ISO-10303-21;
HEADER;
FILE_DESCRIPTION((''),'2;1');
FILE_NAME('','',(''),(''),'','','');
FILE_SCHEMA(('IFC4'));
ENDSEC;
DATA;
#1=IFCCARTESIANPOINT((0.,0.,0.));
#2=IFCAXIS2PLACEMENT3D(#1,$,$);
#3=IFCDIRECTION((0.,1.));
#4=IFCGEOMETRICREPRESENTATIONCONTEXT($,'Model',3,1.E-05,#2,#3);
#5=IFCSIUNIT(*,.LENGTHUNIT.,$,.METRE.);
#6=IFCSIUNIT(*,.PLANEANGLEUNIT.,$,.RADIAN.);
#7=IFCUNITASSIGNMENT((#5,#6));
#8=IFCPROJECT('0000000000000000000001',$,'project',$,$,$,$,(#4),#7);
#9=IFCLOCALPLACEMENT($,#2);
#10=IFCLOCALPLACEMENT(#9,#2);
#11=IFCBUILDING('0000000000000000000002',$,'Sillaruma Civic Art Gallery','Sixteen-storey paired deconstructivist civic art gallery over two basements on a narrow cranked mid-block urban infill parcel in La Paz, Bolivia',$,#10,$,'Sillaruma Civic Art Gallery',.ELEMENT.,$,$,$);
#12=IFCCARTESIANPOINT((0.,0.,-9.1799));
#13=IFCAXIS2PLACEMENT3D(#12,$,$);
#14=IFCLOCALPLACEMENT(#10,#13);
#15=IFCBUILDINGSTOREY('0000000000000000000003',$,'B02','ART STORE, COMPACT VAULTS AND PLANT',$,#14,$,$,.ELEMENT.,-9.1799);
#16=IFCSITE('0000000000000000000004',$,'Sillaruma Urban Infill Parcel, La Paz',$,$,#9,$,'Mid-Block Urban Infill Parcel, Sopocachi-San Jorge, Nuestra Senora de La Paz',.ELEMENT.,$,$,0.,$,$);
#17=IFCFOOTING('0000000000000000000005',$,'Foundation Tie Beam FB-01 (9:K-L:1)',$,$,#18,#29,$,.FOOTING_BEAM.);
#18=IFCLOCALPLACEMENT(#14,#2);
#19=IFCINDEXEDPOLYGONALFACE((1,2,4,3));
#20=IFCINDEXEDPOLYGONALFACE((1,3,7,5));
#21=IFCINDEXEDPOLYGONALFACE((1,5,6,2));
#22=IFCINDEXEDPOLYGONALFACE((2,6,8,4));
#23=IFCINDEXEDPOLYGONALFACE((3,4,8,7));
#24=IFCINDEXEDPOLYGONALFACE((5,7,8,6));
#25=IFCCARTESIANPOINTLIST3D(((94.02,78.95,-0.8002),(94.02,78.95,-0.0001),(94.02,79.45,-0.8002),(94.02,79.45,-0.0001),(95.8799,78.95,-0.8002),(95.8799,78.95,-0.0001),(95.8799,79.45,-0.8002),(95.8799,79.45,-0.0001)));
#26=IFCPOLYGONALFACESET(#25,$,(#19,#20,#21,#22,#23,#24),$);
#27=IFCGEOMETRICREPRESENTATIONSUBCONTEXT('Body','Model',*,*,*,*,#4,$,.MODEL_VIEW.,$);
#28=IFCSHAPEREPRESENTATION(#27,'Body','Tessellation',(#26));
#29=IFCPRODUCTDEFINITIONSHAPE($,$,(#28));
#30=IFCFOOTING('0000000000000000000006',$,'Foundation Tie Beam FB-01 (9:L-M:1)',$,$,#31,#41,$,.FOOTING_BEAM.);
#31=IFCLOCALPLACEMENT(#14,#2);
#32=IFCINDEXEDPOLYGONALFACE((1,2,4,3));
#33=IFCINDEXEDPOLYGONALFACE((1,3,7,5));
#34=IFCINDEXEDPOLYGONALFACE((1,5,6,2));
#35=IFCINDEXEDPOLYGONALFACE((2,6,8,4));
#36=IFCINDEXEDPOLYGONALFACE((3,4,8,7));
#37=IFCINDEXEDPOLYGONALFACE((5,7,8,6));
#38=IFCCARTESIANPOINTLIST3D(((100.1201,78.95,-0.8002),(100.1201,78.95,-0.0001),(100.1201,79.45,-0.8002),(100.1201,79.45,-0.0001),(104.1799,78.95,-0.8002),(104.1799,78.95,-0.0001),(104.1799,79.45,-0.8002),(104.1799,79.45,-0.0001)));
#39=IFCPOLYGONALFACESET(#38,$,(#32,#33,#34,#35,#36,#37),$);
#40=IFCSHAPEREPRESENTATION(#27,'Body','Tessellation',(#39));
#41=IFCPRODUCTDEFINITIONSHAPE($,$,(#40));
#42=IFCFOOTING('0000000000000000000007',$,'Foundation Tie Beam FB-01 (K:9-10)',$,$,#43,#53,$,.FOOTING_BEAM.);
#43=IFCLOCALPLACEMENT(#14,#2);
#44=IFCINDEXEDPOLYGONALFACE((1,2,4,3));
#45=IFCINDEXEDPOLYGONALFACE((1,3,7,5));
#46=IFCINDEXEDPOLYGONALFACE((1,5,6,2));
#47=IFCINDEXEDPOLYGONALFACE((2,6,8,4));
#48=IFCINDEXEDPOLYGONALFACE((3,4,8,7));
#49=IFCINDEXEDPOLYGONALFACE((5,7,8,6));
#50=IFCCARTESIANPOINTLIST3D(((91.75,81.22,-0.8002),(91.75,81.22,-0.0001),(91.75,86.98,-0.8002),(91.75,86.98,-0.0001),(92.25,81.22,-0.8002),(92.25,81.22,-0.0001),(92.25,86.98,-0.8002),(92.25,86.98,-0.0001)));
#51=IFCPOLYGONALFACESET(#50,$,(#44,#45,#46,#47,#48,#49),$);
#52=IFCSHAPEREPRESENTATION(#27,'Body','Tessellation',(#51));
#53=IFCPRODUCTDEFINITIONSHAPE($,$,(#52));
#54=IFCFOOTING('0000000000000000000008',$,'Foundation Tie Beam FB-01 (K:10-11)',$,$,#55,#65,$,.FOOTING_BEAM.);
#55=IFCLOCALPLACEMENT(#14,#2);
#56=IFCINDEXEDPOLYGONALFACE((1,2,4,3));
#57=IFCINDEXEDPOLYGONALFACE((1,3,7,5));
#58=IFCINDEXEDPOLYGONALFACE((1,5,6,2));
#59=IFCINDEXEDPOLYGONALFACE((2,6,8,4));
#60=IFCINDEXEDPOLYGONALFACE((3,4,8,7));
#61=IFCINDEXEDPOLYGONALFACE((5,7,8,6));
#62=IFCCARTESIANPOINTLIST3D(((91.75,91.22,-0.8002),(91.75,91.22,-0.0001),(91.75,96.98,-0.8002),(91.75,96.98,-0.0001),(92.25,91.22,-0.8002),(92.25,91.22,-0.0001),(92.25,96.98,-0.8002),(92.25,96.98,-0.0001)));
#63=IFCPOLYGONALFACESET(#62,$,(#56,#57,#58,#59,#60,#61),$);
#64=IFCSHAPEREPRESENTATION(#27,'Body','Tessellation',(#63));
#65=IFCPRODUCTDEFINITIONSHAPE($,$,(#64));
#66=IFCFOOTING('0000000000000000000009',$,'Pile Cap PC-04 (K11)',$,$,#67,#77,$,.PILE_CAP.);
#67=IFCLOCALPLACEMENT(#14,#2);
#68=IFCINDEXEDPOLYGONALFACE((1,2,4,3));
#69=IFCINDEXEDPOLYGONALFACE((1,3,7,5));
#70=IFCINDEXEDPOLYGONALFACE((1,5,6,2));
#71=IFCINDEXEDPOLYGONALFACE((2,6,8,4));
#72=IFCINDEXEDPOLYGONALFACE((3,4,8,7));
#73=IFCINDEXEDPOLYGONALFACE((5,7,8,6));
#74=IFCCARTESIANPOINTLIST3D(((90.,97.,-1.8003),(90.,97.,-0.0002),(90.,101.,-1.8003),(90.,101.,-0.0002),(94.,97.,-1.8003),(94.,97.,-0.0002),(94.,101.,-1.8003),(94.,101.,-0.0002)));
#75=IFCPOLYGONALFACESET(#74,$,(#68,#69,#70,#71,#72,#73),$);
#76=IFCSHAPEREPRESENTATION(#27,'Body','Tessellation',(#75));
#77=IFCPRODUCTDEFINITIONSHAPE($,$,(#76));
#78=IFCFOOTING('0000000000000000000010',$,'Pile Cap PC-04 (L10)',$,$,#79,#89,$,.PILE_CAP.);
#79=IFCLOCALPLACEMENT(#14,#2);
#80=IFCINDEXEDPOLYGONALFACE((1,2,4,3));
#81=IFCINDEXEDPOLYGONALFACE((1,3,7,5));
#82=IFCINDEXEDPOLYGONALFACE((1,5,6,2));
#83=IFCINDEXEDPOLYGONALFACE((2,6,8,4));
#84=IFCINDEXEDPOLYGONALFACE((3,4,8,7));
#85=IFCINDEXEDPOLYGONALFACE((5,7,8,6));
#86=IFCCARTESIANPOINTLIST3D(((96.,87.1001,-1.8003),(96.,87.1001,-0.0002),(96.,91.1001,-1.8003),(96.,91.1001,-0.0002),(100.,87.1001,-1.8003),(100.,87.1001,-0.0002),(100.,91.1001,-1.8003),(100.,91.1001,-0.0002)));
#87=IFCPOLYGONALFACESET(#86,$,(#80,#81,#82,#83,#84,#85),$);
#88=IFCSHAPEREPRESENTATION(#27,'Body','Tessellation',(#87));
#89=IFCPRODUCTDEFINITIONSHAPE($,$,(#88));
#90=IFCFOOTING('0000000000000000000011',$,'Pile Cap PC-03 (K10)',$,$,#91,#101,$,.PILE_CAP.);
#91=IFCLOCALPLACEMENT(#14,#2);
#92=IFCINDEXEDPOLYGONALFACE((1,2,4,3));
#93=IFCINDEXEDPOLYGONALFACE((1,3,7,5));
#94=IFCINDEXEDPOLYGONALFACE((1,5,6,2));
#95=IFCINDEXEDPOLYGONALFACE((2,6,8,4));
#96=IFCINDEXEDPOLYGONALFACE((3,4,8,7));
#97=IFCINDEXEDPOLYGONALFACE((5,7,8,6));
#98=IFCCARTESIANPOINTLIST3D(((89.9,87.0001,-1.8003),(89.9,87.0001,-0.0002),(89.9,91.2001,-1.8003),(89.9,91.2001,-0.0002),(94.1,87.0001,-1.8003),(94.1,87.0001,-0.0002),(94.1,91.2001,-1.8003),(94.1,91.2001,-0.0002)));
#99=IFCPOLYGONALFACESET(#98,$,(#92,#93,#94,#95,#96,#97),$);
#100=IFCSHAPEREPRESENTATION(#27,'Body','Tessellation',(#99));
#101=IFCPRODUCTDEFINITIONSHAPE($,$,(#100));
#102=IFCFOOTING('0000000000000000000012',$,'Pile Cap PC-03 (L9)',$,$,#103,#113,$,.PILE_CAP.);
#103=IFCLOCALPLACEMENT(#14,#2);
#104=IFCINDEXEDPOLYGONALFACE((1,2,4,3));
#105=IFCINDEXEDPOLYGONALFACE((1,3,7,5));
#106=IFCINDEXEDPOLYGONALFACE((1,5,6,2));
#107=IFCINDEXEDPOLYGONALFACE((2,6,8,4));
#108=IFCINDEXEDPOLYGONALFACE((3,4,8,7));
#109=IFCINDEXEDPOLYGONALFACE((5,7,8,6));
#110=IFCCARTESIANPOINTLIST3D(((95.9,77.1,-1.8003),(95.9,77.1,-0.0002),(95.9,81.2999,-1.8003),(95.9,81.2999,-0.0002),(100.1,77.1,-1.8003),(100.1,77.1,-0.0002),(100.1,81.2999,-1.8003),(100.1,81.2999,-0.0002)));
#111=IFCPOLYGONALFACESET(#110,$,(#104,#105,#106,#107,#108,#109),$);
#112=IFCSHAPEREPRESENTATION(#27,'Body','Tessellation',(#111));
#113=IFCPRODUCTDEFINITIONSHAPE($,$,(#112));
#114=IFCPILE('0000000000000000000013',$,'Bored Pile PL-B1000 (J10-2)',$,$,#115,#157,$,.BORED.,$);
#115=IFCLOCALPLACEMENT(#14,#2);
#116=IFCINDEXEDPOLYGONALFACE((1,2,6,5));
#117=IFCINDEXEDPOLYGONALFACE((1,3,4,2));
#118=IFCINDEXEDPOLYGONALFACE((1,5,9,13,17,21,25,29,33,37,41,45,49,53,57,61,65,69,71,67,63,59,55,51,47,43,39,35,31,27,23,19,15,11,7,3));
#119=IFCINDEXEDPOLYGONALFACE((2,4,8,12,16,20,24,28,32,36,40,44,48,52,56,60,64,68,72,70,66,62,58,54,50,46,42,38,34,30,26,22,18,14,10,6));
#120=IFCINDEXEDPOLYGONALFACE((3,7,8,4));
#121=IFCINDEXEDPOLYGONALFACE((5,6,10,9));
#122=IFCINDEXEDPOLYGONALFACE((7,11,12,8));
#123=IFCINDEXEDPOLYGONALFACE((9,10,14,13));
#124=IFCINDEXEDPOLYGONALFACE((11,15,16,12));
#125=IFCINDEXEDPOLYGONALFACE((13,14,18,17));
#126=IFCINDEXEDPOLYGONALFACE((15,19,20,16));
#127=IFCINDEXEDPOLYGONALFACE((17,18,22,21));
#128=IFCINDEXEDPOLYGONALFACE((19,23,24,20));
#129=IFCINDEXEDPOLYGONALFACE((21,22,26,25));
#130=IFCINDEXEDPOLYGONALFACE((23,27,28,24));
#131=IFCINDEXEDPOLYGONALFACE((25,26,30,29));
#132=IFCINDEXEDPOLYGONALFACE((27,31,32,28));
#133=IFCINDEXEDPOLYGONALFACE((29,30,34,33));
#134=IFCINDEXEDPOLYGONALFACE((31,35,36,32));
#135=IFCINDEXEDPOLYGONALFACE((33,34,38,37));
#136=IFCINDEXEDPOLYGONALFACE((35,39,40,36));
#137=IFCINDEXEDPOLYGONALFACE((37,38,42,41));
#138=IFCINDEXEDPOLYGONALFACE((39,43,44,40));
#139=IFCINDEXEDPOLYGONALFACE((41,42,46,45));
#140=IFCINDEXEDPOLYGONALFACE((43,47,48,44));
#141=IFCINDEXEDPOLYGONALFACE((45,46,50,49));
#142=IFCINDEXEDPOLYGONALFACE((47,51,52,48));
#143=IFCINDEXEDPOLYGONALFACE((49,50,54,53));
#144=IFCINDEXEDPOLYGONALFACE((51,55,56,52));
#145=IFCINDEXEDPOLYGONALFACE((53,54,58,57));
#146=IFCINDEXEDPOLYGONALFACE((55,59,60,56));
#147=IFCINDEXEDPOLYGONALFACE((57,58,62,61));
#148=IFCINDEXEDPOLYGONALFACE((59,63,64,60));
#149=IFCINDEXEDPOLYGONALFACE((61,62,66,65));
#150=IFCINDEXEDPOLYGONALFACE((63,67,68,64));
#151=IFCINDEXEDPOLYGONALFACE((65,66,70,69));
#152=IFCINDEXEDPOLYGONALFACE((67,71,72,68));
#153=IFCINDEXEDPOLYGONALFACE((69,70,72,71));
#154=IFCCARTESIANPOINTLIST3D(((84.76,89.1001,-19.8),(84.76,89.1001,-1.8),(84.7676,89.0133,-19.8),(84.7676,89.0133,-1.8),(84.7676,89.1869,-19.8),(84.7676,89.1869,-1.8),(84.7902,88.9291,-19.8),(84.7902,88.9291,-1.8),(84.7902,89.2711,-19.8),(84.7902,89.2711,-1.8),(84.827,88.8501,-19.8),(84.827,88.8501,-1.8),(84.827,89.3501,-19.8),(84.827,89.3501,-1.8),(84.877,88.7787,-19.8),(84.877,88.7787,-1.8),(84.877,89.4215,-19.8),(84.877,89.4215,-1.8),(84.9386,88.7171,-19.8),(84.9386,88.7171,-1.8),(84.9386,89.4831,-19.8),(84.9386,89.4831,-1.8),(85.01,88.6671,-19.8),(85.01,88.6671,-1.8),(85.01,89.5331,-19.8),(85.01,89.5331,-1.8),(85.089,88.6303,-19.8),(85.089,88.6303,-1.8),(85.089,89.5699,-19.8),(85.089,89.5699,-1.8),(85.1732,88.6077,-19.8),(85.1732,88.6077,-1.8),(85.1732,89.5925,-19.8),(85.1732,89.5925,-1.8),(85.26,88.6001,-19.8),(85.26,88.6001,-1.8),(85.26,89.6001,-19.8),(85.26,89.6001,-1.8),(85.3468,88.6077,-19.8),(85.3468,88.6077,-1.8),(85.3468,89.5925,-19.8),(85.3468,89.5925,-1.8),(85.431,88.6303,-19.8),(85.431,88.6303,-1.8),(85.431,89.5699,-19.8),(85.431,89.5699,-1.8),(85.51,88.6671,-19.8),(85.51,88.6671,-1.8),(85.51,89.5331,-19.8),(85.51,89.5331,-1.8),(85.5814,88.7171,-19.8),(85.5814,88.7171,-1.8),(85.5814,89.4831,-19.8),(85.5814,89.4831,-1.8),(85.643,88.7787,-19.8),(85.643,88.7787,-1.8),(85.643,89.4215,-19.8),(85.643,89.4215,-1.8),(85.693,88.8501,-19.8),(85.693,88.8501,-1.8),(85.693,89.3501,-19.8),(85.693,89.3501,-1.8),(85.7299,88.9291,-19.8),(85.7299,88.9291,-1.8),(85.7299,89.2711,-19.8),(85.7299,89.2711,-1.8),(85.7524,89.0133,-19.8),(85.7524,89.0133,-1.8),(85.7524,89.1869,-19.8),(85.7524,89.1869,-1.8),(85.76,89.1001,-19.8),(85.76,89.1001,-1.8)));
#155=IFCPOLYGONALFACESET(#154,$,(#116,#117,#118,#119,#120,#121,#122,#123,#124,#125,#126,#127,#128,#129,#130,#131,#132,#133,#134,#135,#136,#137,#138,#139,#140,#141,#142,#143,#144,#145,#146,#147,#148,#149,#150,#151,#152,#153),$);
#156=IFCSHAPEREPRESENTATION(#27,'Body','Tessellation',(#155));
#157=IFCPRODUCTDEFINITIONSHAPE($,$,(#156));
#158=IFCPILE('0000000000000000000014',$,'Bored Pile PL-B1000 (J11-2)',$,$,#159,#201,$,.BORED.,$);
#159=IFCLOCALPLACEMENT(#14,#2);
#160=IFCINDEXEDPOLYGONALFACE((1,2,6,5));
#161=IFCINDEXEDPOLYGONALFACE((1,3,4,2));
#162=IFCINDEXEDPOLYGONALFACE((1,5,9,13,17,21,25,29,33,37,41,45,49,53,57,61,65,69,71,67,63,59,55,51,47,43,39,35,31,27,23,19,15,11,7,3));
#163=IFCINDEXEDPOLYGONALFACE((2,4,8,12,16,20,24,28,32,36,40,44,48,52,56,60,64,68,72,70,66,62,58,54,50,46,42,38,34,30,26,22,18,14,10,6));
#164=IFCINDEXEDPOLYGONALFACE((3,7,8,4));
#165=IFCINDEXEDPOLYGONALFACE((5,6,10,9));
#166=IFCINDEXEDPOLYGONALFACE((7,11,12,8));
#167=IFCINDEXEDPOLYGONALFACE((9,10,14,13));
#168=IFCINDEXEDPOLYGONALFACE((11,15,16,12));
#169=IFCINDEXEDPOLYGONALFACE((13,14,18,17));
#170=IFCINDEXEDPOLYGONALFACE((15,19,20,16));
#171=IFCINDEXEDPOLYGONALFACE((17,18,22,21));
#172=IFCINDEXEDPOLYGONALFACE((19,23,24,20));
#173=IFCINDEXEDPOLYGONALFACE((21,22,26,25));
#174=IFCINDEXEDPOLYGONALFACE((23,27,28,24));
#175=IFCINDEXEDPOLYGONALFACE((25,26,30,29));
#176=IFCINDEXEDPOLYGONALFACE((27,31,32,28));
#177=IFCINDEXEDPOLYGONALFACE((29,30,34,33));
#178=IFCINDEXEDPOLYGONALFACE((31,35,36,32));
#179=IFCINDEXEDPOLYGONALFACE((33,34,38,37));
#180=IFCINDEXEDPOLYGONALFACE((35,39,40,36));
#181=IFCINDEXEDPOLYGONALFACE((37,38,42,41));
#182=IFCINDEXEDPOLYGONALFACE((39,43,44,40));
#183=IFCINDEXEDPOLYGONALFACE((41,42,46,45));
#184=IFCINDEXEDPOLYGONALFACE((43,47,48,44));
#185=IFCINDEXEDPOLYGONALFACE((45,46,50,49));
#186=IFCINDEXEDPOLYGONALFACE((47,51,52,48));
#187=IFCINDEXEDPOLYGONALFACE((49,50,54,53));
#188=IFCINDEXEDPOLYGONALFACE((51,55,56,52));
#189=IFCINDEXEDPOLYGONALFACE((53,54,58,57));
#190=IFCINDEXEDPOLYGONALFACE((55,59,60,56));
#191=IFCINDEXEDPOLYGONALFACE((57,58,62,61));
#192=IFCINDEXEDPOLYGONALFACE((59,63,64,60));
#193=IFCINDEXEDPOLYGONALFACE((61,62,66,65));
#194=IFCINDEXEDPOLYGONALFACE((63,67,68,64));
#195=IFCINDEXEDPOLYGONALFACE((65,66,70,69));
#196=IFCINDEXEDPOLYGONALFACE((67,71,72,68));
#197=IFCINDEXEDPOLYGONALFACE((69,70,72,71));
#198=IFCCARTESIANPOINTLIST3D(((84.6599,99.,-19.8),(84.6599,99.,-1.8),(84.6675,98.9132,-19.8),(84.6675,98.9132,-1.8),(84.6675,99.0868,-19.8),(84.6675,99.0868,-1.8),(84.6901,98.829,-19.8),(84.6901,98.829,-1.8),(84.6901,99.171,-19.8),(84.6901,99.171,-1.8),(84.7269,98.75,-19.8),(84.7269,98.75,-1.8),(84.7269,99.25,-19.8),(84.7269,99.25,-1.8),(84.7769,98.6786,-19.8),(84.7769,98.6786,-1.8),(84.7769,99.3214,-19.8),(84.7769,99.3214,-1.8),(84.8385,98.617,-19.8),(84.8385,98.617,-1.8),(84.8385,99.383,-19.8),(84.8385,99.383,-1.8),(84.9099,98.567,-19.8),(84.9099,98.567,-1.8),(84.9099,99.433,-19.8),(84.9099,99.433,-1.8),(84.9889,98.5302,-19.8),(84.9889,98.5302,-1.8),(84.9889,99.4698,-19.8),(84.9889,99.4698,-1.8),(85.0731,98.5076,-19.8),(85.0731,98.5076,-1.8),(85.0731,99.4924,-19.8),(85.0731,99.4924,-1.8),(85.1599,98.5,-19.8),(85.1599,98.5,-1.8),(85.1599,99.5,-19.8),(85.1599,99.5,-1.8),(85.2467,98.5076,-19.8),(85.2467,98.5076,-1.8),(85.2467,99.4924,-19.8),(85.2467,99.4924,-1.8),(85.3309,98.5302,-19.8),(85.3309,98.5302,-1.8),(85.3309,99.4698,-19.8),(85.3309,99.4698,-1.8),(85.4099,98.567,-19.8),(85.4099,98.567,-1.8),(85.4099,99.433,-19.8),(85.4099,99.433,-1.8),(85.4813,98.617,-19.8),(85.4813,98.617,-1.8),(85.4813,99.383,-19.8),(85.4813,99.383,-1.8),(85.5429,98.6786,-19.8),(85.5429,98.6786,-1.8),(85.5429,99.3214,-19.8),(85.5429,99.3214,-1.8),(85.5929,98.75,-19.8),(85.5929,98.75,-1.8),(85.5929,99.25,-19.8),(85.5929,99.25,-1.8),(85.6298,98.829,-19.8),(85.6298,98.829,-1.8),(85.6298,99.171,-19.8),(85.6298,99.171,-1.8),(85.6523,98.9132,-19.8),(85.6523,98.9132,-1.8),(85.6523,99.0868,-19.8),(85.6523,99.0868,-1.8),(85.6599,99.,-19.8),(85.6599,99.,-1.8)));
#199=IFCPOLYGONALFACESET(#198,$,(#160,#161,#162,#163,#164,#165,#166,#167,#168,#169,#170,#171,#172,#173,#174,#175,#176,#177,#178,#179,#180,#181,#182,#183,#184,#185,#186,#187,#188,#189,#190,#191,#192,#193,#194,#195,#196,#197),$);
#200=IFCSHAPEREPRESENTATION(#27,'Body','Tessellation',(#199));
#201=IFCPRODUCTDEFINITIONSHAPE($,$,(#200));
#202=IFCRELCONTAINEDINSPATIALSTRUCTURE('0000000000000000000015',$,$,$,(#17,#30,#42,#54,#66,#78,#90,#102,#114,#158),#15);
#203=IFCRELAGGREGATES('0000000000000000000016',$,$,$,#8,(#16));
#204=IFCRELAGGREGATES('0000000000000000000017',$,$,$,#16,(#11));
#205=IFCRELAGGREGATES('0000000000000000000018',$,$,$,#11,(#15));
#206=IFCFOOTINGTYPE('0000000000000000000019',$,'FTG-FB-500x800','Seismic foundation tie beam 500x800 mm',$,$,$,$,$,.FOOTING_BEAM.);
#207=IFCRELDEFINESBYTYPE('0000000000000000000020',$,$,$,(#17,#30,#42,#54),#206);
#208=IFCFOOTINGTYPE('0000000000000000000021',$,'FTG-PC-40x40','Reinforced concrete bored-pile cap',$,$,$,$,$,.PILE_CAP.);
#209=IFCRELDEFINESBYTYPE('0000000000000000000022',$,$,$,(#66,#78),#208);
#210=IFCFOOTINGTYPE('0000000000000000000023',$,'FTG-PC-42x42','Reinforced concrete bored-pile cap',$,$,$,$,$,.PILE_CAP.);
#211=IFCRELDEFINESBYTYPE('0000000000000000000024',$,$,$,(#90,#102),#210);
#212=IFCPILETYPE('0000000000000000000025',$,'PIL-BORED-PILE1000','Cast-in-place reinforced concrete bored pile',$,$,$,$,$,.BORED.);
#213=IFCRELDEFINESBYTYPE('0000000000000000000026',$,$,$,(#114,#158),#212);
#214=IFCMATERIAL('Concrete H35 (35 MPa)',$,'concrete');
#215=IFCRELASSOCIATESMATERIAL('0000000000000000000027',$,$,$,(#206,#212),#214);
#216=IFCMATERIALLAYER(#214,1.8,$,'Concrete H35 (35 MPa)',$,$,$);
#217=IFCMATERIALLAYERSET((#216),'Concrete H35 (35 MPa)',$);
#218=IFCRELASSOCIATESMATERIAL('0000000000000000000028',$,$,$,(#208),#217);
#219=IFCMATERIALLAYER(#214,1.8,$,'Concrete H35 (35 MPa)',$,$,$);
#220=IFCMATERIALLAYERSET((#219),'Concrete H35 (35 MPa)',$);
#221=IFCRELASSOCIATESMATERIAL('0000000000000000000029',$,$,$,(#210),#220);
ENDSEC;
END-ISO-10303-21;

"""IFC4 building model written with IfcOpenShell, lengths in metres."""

from ifc_helpers import new_model, si_unit, direction, frame, origin, origin_2d, place, context, subcontext, project, spatial, rectangle, circle, extrude, material, layer, layer_set, material_profile, profile_set, type_object, element, save


model = new_model("IFC4")

# Units and contexts
model_context = context("Model", 3, precision=1e-05, world=origin(), true_north=direction((0.0, 1.0)))
body_context = subcontext(model_context, "Body", "Model", "MODEL_VIEW")
ifc_project = project(units=[si_unit("LENGTHUNIT", "METRE"), si_unit("PLANEANGLEUNIT", "RADIAN")], contexts=[model_context])

# Site, building, storey
site_placement = place(None, origin())
site = spatial("IfcSite", under=ifc_project, at=site_placement, Name="Sillaruma Urban Infill Parcel, La Paz", LongName="Mid-Block Urban Infill Parcel, Sopocachi-San Jorge, Nuestra Senora de La Paz", CompositionType="ELEMENT", RefElevation=0.0)
building_placement = place(site_placement, origin())
building = spatial("IfcBuilding", under=site, at=building_placement, Name="Sillaruma Civic Art Gallery", Description="Sixteen-storey paired deconstructivist civic art gallery over two basements on a narrow cranked mid-block urban infill parcel in La Paz, Bolivia", LongName="Sillaruma Civic Art Gallery", CompositionType="ELEMENT")
storey_placement = place(building_placement, frame((0.0, 0.0, -9.1799)))
storey = spatial("IfcBuildingStorey", under=building, at=storey_placement, Name="B02", Description="ART STORE, COMPACT VAULTS AND PLANT", CompositionType="ELEMENT", Elevation=-9.1799)

# Footings
ifc_material_1 = material(Name="Concrete H35 (35 MPa)", Category="concrete")
ifc_material_profile_1 = material_profile(ifc_material_1, rectangle(XDim=0.5, YDim=0.8, at=origin_2d()), Name="RCB500x800")
ifc_profile_set_1 = profile_set([ifc_material_profile_1], Name="Concrete H35 (35 MPa)")
footing_type_1 = type_object("IfcFootingType", Name="FTG-FB-500x800", Description="Seismic foundation tie beam 500x800 mm", PredefinedType="FOOTING_BEAM", material=ifc_profile_set_1)
footing_1_placement = place(storey_placement, frame((94.02, 79.2, -0.4001), z_axis=(1.0, 0.0, 0.0), x_axis=(0.0, 1.0, 0.0)))
element("IfcFooting", 1, at=footing_1_placement, inside=storey, type_object=footing_type_1, Name="Foundation Tie Beam FB-01 (9:K-L:1)", PredefinedType="FOOTING_BEAM", context=body_context, shape_type="SweptSolid", body=[
    extrude(rectangle(XDim=0.5, YDim=0.8, at=origin_2d()), origin(), (0.0, 0.0, 1.0), 1.8599),
])
footing_2_placement = place(storey_placement, frame((100.1201, 79.2, -0.4001), z_axis=(1.0, 0.0, 0.0), x_axis=(0.0, 1.0, 0.0)))
element("IfcFooting", 2, at=footing_2_placement, inside=storey, type_object=footing_type_1, Name="Foundation Tie Beam FB-01 (9:L-M:1)", PredefinedType="FOOTING_BEAM", context=body_context, shape_type="SweptSolid", body=[
    extrude(rectangle(XDim=0.5, YDim=0.8, at=origin_2d()), origin(), (0.0, 0.0, 1.0), 4.0598),
])
for number, where, z_axis, x_axis, name in (
    (3, (92.0, 81.22, -0.4001), (0.0, 1.0, 0.0), (-1.0, 0.0, 0.0), "Foundation Tie Beam FB-01 (K:9-10)"),
    (4, (92.0, 91.22, -0.4001), (0.0, 1.0, 0.0), (-1.0, 0.0, 0.0), "Foundation Tie Beam FB-01 (K:10-11)"),
):
    element("IfcFooting", number, at=place(storey_placement, frame(where, z_axis=z_axis, x_axis=x_axis)), inside=storey, type_object=footing_type_1, Name=name, PredefinedType="FOOTING_BEAM", context=body_context, shape_type="SweptSolid", body=[
        extrude(rectangle(XDim=0.5, YDim=0.8, at=origin_2d()), origin(), (0.0, 0.0, 1.0), 5.76),
    ])
ifc_layer_1 = layer(ifc_material_1, 1.8, Name="Concrete H35 (35 MPa)")
ifc_layer_set_1 = layer_set([ifc_layer_1], Name="Concrete H35 (35 MPa)")
footing_type_2 = type_object("IfcFootingType", Name="FTG-PC-40x40", Description="Reinforced concrete bored-pile cap", PredefinedType="PILE_CAP", material=ifc_layer_set_1)
for number, where, z_axis, x_axis, name in (
    (5, (92.0, 99.0, -1.8003), (0.0, 0.0, 1.0), (1.0, 0.0, 0.0), "Pile Cap PC-04 (K11)"),
    (6, (98.0, 89.1001, -1.8003), (0.0, 0.0, 1.0), (1.0, 0.0, 0.0), "Pile Cap PC-04 (L10)"),
):
    element("IfcFooting", number, at=place(storey_placement, frame(where, z_axis=z_axis, x_axis=x_axis)), inside=storey, type_object=footing_type_2, Name=name, PredefinedType="PILE_CAP", context=body_context, shape_type="SweptSolid", body=[
        extrude(rectangle(XDim=4.0, YDim=4.0, at=origin_2d()), origin(), (0.0, 0.0, 1.0), 1.8),
    ])
ifc_layer_2 = layer(ifc_material_1, 1.8, Name="Concrete H35 (35 MPa)")
ifc_layer_set_2 = layer_set([ifc_layer_2], Name="Concrete H35 (35 MPa)")
footing_type_3 = type_object("IfcFootingType", Name="FTG-PC-42x42", Description="Reinforced concrete bored-pile cap", PredefinedType="PILE_CAP", material=ifc_layer_set_2)
for number, where, z_axis, x_axis, name in (
    (7, (92.0, 89.1001, -1.8003), (0.0, 0.0, 1.0), (1.0, 0.0, 0.0), "Pile Cap PC-03 (K10)"),
    (8, (98.0, 79.2, -1.8003), (0.0, 0.0, 1.0), (1.0, 0.0, 0.0), "Pile Cap PC-03 (L9)"),
):
    element("IfcFooting", number, at=place(storey_placement, frame(where, z_axis=z_axis, x_axis=x_axis)), inside=storey, type_object=footing_type_3, Name=name, PredefinedType="PILE_CAP", context=body_context, shape_type="SweptSolid", body=[
        extrude(rectangle(XDim=4.2, YDim=4.2, at=origin_2d()), origin(), (0.0, 0.0, 1.0), 1.8),
    ])

# Piles
ifc_material_profile_2 = material_profile(ifc_material_1, circle(Radius=0.5, at=origin_2d()), Name="PILE1000")
ifc_profile_set_2 = profile_set([ifc_material_profile_2], Name="Concrete H35 (35 MPa)")
pile_type_1 = type_object("IfcPileType", Name="PIL-BORED-PILE1000", Description="Cast-in-place reinforced concrete bored pile", PredefinedType="BORED", material=ifc_profile_set_2)
for number, where, z_axis, x_axis, name in (
    (9, (85.26, 89.1001, -1.8), (0.0, 0.0, -1.0), (1.0, 0.0, 0.0), "Bored Pile PL-B1000 (J10-2)"),
    (10, (85.1599, 99.0, -1.8), (0.0, 0.0, -1.0), (1.0, 0.0, 0.0), "Bored Pile PL-B1000 (J11-2)"),
):
    element("IfcPile", number, at=place(storey_placement, frame(where, z_axis=z_axis, x_axis=x_axis)), inside=storey, type_object=pile_type_1, Name=name, PredefinedType="BORED", context=body_context, shape_type="SweptSolid", body=[
        extrude(circle(Radius=0.5, at=origin_2d()), origin(), (0.0, 0.0, 1.0), 18.0),
    ])

save(model, "model.ifc")
